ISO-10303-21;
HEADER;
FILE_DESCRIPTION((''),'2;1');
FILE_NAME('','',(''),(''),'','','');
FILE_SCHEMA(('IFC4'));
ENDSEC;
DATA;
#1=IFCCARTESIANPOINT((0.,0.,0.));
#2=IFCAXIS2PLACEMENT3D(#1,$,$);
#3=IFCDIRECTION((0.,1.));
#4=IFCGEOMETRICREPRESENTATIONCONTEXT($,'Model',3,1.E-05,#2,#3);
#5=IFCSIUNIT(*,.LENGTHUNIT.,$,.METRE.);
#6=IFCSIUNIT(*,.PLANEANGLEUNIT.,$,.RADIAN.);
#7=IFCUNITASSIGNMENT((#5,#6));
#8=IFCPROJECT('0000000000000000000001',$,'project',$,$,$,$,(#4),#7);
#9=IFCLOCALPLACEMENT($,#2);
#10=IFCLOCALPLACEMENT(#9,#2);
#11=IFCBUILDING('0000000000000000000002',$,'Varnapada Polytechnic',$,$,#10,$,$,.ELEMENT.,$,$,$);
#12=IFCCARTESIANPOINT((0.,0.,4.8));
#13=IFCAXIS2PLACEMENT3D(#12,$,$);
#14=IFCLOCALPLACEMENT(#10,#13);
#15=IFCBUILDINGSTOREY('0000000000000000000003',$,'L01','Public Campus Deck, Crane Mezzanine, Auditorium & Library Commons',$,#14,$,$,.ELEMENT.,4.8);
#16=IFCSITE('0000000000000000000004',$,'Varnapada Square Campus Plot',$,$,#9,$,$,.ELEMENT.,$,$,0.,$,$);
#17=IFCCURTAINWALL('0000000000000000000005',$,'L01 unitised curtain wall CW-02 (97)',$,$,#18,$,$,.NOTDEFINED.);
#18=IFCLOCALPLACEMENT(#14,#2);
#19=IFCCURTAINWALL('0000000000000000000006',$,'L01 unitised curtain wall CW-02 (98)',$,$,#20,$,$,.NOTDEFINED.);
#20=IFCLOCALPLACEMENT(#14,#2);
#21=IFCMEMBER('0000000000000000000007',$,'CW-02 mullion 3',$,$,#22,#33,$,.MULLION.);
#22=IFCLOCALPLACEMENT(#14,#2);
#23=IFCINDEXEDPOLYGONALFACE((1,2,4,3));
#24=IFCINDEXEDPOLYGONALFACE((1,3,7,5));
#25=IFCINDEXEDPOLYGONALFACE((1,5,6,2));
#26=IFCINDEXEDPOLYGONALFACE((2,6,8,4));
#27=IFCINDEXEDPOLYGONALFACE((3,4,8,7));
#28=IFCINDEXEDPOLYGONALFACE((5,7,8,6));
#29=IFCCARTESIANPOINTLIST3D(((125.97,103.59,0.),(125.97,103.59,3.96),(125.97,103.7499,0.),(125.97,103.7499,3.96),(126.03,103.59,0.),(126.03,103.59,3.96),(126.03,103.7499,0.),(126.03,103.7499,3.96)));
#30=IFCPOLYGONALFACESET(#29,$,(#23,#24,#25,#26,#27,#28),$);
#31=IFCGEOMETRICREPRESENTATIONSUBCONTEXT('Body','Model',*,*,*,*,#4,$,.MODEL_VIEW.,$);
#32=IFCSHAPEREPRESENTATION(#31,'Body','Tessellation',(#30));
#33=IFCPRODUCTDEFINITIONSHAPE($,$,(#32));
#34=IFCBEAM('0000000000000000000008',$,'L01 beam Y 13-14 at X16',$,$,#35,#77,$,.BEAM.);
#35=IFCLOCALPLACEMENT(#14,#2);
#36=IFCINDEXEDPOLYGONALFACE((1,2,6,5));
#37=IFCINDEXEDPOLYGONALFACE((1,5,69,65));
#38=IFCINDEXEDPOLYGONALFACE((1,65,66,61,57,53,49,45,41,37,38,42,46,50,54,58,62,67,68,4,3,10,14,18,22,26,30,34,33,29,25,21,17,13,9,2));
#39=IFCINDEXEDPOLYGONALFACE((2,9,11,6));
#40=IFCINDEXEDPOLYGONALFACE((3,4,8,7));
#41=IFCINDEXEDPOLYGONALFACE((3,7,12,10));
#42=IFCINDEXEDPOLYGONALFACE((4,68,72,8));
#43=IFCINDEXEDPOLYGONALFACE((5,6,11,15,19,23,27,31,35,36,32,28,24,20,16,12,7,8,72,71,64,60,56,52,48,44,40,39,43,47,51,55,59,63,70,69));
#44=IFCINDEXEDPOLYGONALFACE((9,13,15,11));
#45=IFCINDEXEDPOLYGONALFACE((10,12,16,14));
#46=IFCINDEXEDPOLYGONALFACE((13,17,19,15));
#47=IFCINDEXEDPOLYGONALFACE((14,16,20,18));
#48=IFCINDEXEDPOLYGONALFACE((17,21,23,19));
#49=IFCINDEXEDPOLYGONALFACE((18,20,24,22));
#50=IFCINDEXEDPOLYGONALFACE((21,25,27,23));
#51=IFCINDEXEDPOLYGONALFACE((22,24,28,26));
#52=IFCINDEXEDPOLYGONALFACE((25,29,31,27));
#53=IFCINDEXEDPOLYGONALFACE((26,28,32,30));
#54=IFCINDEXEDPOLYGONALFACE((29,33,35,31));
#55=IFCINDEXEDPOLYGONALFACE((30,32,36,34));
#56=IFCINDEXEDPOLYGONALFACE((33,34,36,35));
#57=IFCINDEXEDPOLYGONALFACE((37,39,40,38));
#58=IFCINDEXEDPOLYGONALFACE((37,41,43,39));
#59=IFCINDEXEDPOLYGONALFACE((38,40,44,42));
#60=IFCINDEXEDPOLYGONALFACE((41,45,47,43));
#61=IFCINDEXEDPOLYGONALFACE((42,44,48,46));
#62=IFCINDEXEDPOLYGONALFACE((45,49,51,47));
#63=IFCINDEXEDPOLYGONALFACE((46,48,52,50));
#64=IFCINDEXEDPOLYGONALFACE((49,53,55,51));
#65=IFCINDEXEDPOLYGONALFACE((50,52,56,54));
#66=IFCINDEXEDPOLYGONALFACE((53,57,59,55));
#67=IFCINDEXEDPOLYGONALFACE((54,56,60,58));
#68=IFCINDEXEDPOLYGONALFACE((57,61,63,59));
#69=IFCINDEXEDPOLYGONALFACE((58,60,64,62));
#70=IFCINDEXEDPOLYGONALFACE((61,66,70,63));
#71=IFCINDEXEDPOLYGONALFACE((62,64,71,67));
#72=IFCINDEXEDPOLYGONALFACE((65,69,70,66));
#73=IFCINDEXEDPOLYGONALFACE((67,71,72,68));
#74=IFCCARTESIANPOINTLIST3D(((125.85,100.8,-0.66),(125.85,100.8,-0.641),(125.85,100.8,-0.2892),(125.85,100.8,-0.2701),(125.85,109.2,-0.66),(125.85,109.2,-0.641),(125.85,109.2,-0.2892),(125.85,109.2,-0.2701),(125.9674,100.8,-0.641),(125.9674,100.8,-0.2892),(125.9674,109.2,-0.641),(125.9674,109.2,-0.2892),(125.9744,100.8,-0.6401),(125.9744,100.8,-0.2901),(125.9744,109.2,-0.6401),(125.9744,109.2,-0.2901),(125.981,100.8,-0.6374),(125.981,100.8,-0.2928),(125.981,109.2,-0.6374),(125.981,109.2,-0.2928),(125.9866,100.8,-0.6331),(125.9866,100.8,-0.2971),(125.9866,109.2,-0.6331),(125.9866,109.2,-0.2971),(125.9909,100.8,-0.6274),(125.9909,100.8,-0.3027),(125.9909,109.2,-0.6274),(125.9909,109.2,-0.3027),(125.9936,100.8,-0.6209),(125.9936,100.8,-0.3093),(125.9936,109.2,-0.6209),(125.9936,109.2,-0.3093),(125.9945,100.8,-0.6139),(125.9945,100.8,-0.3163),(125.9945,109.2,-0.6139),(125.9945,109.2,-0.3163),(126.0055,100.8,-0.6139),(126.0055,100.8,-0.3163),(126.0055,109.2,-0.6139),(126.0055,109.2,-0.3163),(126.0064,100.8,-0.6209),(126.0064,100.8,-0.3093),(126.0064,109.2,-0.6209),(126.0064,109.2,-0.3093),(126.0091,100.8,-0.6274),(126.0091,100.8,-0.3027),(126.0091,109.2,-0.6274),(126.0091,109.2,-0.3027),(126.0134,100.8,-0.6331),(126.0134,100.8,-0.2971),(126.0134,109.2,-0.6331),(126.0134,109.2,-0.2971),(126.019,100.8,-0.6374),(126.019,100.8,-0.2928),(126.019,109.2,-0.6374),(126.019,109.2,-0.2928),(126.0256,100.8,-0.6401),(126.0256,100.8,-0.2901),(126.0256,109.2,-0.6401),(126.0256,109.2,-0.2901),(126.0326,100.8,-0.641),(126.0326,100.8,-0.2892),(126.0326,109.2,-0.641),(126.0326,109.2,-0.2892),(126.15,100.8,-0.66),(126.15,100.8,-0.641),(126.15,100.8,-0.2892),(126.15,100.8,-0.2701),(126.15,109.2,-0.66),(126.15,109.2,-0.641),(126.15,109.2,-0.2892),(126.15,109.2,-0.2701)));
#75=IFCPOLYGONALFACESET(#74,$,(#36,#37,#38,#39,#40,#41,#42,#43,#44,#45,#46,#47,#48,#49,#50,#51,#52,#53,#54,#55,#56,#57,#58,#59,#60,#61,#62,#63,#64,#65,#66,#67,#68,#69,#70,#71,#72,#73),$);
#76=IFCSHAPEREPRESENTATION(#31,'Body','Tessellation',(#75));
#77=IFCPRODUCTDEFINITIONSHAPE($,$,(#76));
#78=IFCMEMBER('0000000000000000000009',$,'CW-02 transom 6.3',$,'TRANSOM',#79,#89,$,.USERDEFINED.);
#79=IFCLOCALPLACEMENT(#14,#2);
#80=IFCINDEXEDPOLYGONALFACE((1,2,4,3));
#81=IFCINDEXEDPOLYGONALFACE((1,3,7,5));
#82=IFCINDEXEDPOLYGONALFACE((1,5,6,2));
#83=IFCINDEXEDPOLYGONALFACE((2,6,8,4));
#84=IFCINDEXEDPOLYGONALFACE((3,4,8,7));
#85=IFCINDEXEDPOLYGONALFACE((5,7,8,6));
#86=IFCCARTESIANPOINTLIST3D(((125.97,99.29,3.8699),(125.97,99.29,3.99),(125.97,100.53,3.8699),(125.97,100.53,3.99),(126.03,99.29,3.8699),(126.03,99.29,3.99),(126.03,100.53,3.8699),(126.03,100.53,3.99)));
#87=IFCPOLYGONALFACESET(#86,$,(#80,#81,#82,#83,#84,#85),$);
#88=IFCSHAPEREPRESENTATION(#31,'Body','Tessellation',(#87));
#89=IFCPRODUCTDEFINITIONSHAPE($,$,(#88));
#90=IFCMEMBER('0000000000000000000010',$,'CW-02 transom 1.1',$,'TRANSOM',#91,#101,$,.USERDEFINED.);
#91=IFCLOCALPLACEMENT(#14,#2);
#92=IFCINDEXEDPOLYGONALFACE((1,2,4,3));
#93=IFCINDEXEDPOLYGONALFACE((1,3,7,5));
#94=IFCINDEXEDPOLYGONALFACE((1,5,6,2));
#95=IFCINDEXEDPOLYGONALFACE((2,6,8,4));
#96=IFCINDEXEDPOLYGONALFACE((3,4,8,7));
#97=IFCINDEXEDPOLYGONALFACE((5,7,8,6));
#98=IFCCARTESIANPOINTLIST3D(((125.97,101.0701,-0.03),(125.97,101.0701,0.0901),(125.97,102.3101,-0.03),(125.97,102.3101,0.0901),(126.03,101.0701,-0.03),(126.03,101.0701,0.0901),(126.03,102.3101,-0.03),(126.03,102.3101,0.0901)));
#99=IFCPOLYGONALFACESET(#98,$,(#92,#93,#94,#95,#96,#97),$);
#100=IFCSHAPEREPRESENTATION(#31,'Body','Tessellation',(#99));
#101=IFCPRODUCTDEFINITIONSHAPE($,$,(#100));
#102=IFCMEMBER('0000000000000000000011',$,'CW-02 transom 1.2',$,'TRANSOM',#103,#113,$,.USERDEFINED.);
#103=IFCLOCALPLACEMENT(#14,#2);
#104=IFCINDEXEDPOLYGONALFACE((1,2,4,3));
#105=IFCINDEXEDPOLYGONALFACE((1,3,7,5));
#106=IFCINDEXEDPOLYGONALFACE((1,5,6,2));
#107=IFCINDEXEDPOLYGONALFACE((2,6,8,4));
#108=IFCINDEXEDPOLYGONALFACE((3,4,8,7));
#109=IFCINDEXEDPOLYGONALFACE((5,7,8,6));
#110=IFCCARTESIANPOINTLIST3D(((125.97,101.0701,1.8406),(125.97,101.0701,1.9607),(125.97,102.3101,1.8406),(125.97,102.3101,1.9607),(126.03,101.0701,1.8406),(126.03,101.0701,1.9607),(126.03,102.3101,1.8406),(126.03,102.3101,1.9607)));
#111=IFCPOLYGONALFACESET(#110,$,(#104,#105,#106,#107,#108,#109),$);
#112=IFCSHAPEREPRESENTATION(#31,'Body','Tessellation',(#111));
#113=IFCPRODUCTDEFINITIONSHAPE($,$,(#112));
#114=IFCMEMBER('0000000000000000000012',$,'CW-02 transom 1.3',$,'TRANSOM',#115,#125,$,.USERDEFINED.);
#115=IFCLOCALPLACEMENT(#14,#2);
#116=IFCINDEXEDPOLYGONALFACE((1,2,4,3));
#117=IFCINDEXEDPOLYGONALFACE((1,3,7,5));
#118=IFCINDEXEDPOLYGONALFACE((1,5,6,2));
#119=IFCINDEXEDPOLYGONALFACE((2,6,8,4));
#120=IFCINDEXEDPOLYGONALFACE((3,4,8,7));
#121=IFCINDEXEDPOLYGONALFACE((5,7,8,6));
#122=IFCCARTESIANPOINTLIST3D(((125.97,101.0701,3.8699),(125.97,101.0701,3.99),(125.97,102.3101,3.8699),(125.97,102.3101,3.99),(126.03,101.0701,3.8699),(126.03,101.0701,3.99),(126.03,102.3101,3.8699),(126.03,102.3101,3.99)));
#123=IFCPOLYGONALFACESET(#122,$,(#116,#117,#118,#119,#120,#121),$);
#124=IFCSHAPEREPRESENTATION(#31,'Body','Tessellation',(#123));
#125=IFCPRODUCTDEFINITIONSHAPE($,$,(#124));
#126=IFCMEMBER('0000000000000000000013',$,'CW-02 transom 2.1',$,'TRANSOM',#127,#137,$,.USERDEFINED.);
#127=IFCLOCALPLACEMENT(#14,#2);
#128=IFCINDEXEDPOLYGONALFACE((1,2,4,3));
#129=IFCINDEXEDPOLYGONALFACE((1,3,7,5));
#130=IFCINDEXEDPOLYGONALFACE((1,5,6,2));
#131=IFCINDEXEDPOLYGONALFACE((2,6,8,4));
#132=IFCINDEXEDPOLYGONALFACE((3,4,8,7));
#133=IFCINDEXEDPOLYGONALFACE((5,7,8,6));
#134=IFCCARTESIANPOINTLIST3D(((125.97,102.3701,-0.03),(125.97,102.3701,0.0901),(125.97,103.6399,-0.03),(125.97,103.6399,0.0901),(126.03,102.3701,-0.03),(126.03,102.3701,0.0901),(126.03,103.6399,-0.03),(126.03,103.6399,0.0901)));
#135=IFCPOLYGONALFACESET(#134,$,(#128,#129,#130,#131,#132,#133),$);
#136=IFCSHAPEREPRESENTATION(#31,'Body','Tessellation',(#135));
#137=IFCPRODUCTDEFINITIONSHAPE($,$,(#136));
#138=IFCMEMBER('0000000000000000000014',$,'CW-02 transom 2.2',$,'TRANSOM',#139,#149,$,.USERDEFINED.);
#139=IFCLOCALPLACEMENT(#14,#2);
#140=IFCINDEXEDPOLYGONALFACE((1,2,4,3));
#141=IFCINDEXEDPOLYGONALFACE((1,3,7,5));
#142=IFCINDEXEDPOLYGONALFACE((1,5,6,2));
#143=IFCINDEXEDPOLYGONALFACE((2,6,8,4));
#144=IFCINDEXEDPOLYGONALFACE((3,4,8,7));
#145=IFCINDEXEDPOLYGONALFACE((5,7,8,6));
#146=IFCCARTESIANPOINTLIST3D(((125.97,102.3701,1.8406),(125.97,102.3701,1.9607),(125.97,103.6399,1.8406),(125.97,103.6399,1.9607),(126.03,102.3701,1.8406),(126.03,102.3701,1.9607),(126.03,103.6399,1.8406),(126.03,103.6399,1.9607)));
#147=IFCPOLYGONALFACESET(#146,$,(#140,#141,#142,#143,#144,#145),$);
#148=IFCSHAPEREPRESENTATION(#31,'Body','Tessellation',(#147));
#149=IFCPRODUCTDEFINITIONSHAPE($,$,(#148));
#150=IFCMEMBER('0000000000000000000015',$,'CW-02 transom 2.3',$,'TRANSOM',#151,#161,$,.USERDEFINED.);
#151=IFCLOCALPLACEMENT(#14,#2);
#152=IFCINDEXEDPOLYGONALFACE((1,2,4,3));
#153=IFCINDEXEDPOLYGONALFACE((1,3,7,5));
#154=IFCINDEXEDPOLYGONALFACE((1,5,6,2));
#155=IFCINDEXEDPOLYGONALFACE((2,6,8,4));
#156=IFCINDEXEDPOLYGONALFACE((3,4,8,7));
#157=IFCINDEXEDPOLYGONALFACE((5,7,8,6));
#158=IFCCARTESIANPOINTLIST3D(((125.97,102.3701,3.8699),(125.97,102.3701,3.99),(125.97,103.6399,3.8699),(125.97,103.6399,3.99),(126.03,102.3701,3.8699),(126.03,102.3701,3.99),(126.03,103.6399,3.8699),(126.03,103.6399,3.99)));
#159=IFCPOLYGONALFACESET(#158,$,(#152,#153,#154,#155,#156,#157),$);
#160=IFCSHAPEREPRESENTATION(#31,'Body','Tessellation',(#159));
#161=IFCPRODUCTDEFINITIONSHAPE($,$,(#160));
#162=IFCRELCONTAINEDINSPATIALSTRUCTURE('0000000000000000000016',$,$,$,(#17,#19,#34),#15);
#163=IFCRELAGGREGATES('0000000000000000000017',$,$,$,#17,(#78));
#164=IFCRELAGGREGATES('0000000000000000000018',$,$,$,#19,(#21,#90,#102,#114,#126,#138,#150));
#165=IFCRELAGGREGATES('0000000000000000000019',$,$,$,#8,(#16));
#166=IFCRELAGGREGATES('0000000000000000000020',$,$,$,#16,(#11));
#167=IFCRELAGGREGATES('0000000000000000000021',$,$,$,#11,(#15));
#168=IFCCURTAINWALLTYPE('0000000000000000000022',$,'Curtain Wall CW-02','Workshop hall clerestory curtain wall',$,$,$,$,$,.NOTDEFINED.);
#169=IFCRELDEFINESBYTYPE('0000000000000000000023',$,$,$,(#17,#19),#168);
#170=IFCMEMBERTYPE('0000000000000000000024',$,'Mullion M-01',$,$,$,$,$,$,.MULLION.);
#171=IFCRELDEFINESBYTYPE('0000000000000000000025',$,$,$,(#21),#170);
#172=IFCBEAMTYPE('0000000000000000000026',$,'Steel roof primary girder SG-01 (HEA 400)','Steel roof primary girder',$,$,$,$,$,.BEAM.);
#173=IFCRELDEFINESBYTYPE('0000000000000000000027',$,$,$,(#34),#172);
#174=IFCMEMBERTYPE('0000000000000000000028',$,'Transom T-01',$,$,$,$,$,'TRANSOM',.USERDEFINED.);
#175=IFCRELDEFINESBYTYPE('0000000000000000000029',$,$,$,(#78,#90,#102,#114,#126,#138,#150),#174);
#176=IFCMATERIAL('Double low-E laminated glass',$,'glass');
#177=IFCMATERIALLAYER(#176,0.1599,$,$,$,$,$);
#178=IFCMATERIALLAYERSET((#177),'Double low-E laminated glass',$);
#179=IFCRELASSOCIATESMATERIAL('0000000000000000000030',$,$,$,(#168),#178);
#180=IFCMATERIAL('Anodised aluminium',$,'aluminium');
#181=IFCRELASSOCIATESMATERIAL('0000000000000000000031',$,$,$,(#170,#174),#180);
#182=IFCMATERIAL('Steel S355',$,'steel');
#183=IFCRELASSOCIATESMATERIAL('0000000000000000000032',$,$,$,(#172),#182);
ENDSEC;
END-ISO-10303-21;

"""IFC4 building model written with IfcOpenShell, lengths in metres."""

from ifc_helpers import new_model, si_unit, direction, frame, origin, origin_2d, place, context, subcontext, project, spatial, rectangle, i_section, extrude, material, layer, layer_set, material_profile, profile_set, type_object, element, aggregate, save


model = new_model("IFC4")

# Units and contexts
model_context = context("Model", 3, precision=1e-05, world=origin(), true_north=direction((0.0, 1.0)))
body_context = subcontext(model_context, "Body", "Model", "MODEL_VIEW")
ifc_project = project(units=[si_unit("LENGTHUNIT", "METRE"), si_unit("PLANEANGLEUNIT", "RADIAN")], contexts=[model_context])

# Site, building, storey
site_placement = place(None, origin())
site = spatial("IfcSite", under=ifc_project, at=site_placement, Name="Varnapada Square Campus Plot", CompositionType="ELEMENT", RefElevation=0.0)
building_placement = place(site_placement, origin())
building = spatial("IfcBuilding", under=site, at=building_placement, Name="Varnapada Polytechnic", CompositionType="ELEMENT")
storey_placement = place(building_placement, frame((0.0, 0.0, 4.8)))
storey = spatial("IfcBuildingStorey", under=building, at=storey_placement, Name="L01", Description="Public Campus Deck, Crane Mezzanine, Auditorium & Library Commons", CompositionType="ELEMENT", Elevation=4.8)

# Shared definitions
ifc_material_1 = material(Name="Steel S355", Category="steel")

# Curtain wall
ifc_material_2 = material(Name="Double low-E laminated glass", Category="glass")
ifc_layer_1 = layer(ifc_material_2, 0.1599)
ifc_layer_set_1 = layer_set([ifc_layer_1], Name="Double low-E laminated glass")
curtain_wall_type = type_object("IfcCurtainWallType", Name="Curtain Wall CW-02", Description="Workshop hall clerestory curtain wall", PredefinedType="NOTDEFINED", material=ifc_layer_set_1)
curtain_wall_1_placement = place(storey_placement, origin())
curtain_wall_1 = element("IfcCurtainWall", 1, at=curtain_wall_1_placement, inside=storey, type_object=curtain_wall_type, Name="L01 unitised curtain wall CW-02 (97)", PredefinedType="NOTDEFINED")
ifc_material_3 = material(Name="Anodised aluminium", Category="aluminium")
ifc_material_profile_1 = material_profile(ifc_material_3, rectangle(XDim=0.0601, YDim=0.1599, at=origin_2d()), Name="ALU M60x160")
ifc_profile_set_1 = profile_set([ifc_material_profile_1], Name="Anodised aluminium")
member_type_1 = type_object("IfcMemberType", Name="Mullion M-01", PredefinedType="MULLION", material=ifc_profile_set_1)

# Curtain wall, member
curtain_wall_2_placement = place(storey_placement, origin())
curtain_wall_2 = element("IfcCurtainWall", 2, at=curtain_wall_2_placement, inside=storey, type_object=curtain_wall_type, Name="L01 unitised curtain wall CW-02 (98)", PredefinedType="NOTDEFINED")
member_1_placement = place(storey_placement, frame((126.0, 103.6699, 0.0), z_axis=(0.0, 0.0, 1.0), x_axis=(-1.0, 0.0, 0.0)))
member_1 = element("IfcMember", 3, at=member_1_placement, type_object=member_type_1, Name="CW-02 mullion 3", PredefinedType="MULLION", context=body_context, shape_type="SweptSolid", body=[
    extrude(rectangle(XDim=0.0601, YDim=0.1599, at=origin_2d()), origin(), (0.0, 0.0, 1.0), 3.96),
])

# Beam
ifc_material_profile_2 = material_profile(ifc_material_1, i_section(OverallWidth=0.3, OverallDepth=0.3899, WebThickness=0.011, FlangeThickness=0.019, FilletRadius=0.0271, at=origin_2d()), Name="HEA 400")
ifc_profile_set_2 = profile_set([ifc_material_profile_2], Name="Steel S355")
beam_type_1 = type_object("IfcBeamType", Name="Steel roof primary girder SG-01 (HEA 400)", Description="Steel roof primary girder", PredefinedType="BEAM", material=ifc_profile_set_2)
beam_1_placement = place(storey_placement, frame((126.0, 100.8, -0.4651), z_axis=(0.0, 1.0, 0.0), x_axis=(-1.0, 0.0, 0.0)))
element("IfcBeam", 4, at=beam_1_placement, inside=storey, type_object=beam_type_1, Name="L01 beam Y 13-14 at X16", PredefinedType="BEAM", context=body_context, shape_type="SweptSolid", body=[
    extrude(i_section(OverallWidth=0.3, OverallDepth=0.3899, WebThickness=0.011, FlangeThickness=0.019, FilletRadius=0.0271, at=origin_2d()), origin(), (0.0, 0.0, 1.0), 8.3999),
])

# Members
ifc_material_profile_3 = material_profile(ifc_material_3, rectangle(XDim=0.0601, YDim=0.1201, at=origin_2d()), Name="ALU T60x120")
ifc_profile_set_3 = profile_set([ifc_material_profile_3], Name="Anodised aluminium")
member_type_2 = type_object("IfcMemberType", Name="Transom T-01", ElementType="TRANSOM", PredefinedType="USERDEFINED", material=ifc_profile_set_3)
member_2_placement = place(storey_placement, frame((126.0, 99.29, 3.9299), z_axis=(0.0, 1.0, 0.0), x_axis=(-1.0, 0.0, 0.0)))
member_2 = element("IfcMember", 5, at=member_2_placement, type_object=member_type_2, Name="CW-02 transom 6.3", ObjectType="TRANSOM", PredefinedType="USERDEFINED", context=body_context, shape_type="SweptSolid", body=[
    extrude(rectangle(XDim=0.0601, YDim=0.1201, at=origin_2d()), origin(), (0.0, 0.0, 1.0), 1.24),
])
member_3_placement = place(storey_placement, frame((126.0, 101.0701, 0.03), z_axis=(0.0, 1.0, 0.0), x_axis=(-1.0, 0.0, 0.0)))
member_3 = element("IfcMember", 6, at=member_3_placement, type_object=member_type_2, Name="CW-02 transom 1.1", ObjectType="TRANSOM", PredefinedType="USERDEFINED", context=body_context, shape_type="SweptSolid", body=[
    extrude(rectangle(XDim=0.0601, YDim=0.1201, at=origin_2d()), origin(), (0.0, 0.0, 1.0), 1.24),
])
member_4_placement = place(storey_placement, frame((126.0, 101.0701, 1.9006), z_axis=(0.0, 1.0, 0.0), x_axis=(-1.0, 0.0, 0.0)))
member_4 = element("IfcMember", 7, at=member_4_placement, type_object=member_type_2, Name="CW-02 transom 1.2", ObjectType="TRANSOM", PredefinedType="USERDEFINED", context=body_context, shape_type="SweptSolid", body=[
    extrude(rectangle(XDim=0.0601, YDim=0.1201, at=origin_2d()), origin(), (0.0, 0.0, 1.0), 1.24),
])
member_5_placement = place(storey_placement, frame((126.0, 101.0701, 3.9299), z_axis=(0.0, 1.0, 0.0), x_axis=(-1.0, 0.0, 0.0)))
member_5 = element("IfcMember", 8, at=member_5_placement, type_object=member_type_2, Name="CW-02 transom 1.3", ObjectType="TRANSOM", PredefinedType="USERDEFINED", context=body_context, shape_type="SweptSolid", body=[
    extrude(rectangle(XDim=0.0601, YDim=0.1201, at=origin_2d()), origin(), (0.0, 0.0, 1.0), 1.24),
])
member_6_placement = place(storey_placement, frame((126.0, 102.3701, 0.03), z_axis=(0.0, 1.0, 0.0), x_axis=(-1.0, 0.0, 0.0)))
member_6 = element("IfcMember", 9, at=member_6_placement, type_object=member_type_2, Name="CW-02 transom 2.1", ObjectType="TRANSOM", PredefinedType="USERDEFINED", context=body_context, shape_type="SweptSolid", body=[
    extrude(rectangle(XDim=0.0601, YDim=0.1201, at=origin_2d()), origin(), (0.0, 0.0, 1.0), 1.2698),
])
member_7_placement = place(storey_placement, frame((126.0, 102.3701, 1.9006), z_axis=(0.0, 1.0, 0.0), x_axis=(-1.0, 0.0, 0.0)))
member_7 = element("IfcMember", 10, at=member_7_placement, type_object=member_type_2, Name="CW-02 transom 2.2", ObjectType="TRANSOM", PredefinedType="USERDEFINED", context=body_context, shape_type="SweptSolid", body=[
    extrude(rectangle(XDim=0.0601, YDim=0.1201, at=origin_2d()), origin(), (0.0, 0.0, 1.0), 1.2698),
])
member_8_placement = place(storey_placement, frame((126.0, 102.3701, 3.9299), z_axis=(0.0, 1.0, 0.0), x_axis=(-1.0, 0.0, 0.0)))
member_8 = element("IfcMember", 11, at=member_8_placement, type_object=member_type_2, Name="CW-02 transom 2.3", ObjectType="TRANSOM", PredefinedType="USERDEFINED", context=body_context, shape_type="SweptSolid", body=[
    extrude(rectangle(XDim=0.0601, YDim=0.1201, at=origin_2d()), origin(), (0.0, 0.0, 1.0), 1.2698),
])

aggregate(curtain_wall_1, [member_2])
aggregate(curtain_wall_2, [member_1, member_3, member_4, member_5, member_6, member_7, member_8])

save(model, "model.ifc")
